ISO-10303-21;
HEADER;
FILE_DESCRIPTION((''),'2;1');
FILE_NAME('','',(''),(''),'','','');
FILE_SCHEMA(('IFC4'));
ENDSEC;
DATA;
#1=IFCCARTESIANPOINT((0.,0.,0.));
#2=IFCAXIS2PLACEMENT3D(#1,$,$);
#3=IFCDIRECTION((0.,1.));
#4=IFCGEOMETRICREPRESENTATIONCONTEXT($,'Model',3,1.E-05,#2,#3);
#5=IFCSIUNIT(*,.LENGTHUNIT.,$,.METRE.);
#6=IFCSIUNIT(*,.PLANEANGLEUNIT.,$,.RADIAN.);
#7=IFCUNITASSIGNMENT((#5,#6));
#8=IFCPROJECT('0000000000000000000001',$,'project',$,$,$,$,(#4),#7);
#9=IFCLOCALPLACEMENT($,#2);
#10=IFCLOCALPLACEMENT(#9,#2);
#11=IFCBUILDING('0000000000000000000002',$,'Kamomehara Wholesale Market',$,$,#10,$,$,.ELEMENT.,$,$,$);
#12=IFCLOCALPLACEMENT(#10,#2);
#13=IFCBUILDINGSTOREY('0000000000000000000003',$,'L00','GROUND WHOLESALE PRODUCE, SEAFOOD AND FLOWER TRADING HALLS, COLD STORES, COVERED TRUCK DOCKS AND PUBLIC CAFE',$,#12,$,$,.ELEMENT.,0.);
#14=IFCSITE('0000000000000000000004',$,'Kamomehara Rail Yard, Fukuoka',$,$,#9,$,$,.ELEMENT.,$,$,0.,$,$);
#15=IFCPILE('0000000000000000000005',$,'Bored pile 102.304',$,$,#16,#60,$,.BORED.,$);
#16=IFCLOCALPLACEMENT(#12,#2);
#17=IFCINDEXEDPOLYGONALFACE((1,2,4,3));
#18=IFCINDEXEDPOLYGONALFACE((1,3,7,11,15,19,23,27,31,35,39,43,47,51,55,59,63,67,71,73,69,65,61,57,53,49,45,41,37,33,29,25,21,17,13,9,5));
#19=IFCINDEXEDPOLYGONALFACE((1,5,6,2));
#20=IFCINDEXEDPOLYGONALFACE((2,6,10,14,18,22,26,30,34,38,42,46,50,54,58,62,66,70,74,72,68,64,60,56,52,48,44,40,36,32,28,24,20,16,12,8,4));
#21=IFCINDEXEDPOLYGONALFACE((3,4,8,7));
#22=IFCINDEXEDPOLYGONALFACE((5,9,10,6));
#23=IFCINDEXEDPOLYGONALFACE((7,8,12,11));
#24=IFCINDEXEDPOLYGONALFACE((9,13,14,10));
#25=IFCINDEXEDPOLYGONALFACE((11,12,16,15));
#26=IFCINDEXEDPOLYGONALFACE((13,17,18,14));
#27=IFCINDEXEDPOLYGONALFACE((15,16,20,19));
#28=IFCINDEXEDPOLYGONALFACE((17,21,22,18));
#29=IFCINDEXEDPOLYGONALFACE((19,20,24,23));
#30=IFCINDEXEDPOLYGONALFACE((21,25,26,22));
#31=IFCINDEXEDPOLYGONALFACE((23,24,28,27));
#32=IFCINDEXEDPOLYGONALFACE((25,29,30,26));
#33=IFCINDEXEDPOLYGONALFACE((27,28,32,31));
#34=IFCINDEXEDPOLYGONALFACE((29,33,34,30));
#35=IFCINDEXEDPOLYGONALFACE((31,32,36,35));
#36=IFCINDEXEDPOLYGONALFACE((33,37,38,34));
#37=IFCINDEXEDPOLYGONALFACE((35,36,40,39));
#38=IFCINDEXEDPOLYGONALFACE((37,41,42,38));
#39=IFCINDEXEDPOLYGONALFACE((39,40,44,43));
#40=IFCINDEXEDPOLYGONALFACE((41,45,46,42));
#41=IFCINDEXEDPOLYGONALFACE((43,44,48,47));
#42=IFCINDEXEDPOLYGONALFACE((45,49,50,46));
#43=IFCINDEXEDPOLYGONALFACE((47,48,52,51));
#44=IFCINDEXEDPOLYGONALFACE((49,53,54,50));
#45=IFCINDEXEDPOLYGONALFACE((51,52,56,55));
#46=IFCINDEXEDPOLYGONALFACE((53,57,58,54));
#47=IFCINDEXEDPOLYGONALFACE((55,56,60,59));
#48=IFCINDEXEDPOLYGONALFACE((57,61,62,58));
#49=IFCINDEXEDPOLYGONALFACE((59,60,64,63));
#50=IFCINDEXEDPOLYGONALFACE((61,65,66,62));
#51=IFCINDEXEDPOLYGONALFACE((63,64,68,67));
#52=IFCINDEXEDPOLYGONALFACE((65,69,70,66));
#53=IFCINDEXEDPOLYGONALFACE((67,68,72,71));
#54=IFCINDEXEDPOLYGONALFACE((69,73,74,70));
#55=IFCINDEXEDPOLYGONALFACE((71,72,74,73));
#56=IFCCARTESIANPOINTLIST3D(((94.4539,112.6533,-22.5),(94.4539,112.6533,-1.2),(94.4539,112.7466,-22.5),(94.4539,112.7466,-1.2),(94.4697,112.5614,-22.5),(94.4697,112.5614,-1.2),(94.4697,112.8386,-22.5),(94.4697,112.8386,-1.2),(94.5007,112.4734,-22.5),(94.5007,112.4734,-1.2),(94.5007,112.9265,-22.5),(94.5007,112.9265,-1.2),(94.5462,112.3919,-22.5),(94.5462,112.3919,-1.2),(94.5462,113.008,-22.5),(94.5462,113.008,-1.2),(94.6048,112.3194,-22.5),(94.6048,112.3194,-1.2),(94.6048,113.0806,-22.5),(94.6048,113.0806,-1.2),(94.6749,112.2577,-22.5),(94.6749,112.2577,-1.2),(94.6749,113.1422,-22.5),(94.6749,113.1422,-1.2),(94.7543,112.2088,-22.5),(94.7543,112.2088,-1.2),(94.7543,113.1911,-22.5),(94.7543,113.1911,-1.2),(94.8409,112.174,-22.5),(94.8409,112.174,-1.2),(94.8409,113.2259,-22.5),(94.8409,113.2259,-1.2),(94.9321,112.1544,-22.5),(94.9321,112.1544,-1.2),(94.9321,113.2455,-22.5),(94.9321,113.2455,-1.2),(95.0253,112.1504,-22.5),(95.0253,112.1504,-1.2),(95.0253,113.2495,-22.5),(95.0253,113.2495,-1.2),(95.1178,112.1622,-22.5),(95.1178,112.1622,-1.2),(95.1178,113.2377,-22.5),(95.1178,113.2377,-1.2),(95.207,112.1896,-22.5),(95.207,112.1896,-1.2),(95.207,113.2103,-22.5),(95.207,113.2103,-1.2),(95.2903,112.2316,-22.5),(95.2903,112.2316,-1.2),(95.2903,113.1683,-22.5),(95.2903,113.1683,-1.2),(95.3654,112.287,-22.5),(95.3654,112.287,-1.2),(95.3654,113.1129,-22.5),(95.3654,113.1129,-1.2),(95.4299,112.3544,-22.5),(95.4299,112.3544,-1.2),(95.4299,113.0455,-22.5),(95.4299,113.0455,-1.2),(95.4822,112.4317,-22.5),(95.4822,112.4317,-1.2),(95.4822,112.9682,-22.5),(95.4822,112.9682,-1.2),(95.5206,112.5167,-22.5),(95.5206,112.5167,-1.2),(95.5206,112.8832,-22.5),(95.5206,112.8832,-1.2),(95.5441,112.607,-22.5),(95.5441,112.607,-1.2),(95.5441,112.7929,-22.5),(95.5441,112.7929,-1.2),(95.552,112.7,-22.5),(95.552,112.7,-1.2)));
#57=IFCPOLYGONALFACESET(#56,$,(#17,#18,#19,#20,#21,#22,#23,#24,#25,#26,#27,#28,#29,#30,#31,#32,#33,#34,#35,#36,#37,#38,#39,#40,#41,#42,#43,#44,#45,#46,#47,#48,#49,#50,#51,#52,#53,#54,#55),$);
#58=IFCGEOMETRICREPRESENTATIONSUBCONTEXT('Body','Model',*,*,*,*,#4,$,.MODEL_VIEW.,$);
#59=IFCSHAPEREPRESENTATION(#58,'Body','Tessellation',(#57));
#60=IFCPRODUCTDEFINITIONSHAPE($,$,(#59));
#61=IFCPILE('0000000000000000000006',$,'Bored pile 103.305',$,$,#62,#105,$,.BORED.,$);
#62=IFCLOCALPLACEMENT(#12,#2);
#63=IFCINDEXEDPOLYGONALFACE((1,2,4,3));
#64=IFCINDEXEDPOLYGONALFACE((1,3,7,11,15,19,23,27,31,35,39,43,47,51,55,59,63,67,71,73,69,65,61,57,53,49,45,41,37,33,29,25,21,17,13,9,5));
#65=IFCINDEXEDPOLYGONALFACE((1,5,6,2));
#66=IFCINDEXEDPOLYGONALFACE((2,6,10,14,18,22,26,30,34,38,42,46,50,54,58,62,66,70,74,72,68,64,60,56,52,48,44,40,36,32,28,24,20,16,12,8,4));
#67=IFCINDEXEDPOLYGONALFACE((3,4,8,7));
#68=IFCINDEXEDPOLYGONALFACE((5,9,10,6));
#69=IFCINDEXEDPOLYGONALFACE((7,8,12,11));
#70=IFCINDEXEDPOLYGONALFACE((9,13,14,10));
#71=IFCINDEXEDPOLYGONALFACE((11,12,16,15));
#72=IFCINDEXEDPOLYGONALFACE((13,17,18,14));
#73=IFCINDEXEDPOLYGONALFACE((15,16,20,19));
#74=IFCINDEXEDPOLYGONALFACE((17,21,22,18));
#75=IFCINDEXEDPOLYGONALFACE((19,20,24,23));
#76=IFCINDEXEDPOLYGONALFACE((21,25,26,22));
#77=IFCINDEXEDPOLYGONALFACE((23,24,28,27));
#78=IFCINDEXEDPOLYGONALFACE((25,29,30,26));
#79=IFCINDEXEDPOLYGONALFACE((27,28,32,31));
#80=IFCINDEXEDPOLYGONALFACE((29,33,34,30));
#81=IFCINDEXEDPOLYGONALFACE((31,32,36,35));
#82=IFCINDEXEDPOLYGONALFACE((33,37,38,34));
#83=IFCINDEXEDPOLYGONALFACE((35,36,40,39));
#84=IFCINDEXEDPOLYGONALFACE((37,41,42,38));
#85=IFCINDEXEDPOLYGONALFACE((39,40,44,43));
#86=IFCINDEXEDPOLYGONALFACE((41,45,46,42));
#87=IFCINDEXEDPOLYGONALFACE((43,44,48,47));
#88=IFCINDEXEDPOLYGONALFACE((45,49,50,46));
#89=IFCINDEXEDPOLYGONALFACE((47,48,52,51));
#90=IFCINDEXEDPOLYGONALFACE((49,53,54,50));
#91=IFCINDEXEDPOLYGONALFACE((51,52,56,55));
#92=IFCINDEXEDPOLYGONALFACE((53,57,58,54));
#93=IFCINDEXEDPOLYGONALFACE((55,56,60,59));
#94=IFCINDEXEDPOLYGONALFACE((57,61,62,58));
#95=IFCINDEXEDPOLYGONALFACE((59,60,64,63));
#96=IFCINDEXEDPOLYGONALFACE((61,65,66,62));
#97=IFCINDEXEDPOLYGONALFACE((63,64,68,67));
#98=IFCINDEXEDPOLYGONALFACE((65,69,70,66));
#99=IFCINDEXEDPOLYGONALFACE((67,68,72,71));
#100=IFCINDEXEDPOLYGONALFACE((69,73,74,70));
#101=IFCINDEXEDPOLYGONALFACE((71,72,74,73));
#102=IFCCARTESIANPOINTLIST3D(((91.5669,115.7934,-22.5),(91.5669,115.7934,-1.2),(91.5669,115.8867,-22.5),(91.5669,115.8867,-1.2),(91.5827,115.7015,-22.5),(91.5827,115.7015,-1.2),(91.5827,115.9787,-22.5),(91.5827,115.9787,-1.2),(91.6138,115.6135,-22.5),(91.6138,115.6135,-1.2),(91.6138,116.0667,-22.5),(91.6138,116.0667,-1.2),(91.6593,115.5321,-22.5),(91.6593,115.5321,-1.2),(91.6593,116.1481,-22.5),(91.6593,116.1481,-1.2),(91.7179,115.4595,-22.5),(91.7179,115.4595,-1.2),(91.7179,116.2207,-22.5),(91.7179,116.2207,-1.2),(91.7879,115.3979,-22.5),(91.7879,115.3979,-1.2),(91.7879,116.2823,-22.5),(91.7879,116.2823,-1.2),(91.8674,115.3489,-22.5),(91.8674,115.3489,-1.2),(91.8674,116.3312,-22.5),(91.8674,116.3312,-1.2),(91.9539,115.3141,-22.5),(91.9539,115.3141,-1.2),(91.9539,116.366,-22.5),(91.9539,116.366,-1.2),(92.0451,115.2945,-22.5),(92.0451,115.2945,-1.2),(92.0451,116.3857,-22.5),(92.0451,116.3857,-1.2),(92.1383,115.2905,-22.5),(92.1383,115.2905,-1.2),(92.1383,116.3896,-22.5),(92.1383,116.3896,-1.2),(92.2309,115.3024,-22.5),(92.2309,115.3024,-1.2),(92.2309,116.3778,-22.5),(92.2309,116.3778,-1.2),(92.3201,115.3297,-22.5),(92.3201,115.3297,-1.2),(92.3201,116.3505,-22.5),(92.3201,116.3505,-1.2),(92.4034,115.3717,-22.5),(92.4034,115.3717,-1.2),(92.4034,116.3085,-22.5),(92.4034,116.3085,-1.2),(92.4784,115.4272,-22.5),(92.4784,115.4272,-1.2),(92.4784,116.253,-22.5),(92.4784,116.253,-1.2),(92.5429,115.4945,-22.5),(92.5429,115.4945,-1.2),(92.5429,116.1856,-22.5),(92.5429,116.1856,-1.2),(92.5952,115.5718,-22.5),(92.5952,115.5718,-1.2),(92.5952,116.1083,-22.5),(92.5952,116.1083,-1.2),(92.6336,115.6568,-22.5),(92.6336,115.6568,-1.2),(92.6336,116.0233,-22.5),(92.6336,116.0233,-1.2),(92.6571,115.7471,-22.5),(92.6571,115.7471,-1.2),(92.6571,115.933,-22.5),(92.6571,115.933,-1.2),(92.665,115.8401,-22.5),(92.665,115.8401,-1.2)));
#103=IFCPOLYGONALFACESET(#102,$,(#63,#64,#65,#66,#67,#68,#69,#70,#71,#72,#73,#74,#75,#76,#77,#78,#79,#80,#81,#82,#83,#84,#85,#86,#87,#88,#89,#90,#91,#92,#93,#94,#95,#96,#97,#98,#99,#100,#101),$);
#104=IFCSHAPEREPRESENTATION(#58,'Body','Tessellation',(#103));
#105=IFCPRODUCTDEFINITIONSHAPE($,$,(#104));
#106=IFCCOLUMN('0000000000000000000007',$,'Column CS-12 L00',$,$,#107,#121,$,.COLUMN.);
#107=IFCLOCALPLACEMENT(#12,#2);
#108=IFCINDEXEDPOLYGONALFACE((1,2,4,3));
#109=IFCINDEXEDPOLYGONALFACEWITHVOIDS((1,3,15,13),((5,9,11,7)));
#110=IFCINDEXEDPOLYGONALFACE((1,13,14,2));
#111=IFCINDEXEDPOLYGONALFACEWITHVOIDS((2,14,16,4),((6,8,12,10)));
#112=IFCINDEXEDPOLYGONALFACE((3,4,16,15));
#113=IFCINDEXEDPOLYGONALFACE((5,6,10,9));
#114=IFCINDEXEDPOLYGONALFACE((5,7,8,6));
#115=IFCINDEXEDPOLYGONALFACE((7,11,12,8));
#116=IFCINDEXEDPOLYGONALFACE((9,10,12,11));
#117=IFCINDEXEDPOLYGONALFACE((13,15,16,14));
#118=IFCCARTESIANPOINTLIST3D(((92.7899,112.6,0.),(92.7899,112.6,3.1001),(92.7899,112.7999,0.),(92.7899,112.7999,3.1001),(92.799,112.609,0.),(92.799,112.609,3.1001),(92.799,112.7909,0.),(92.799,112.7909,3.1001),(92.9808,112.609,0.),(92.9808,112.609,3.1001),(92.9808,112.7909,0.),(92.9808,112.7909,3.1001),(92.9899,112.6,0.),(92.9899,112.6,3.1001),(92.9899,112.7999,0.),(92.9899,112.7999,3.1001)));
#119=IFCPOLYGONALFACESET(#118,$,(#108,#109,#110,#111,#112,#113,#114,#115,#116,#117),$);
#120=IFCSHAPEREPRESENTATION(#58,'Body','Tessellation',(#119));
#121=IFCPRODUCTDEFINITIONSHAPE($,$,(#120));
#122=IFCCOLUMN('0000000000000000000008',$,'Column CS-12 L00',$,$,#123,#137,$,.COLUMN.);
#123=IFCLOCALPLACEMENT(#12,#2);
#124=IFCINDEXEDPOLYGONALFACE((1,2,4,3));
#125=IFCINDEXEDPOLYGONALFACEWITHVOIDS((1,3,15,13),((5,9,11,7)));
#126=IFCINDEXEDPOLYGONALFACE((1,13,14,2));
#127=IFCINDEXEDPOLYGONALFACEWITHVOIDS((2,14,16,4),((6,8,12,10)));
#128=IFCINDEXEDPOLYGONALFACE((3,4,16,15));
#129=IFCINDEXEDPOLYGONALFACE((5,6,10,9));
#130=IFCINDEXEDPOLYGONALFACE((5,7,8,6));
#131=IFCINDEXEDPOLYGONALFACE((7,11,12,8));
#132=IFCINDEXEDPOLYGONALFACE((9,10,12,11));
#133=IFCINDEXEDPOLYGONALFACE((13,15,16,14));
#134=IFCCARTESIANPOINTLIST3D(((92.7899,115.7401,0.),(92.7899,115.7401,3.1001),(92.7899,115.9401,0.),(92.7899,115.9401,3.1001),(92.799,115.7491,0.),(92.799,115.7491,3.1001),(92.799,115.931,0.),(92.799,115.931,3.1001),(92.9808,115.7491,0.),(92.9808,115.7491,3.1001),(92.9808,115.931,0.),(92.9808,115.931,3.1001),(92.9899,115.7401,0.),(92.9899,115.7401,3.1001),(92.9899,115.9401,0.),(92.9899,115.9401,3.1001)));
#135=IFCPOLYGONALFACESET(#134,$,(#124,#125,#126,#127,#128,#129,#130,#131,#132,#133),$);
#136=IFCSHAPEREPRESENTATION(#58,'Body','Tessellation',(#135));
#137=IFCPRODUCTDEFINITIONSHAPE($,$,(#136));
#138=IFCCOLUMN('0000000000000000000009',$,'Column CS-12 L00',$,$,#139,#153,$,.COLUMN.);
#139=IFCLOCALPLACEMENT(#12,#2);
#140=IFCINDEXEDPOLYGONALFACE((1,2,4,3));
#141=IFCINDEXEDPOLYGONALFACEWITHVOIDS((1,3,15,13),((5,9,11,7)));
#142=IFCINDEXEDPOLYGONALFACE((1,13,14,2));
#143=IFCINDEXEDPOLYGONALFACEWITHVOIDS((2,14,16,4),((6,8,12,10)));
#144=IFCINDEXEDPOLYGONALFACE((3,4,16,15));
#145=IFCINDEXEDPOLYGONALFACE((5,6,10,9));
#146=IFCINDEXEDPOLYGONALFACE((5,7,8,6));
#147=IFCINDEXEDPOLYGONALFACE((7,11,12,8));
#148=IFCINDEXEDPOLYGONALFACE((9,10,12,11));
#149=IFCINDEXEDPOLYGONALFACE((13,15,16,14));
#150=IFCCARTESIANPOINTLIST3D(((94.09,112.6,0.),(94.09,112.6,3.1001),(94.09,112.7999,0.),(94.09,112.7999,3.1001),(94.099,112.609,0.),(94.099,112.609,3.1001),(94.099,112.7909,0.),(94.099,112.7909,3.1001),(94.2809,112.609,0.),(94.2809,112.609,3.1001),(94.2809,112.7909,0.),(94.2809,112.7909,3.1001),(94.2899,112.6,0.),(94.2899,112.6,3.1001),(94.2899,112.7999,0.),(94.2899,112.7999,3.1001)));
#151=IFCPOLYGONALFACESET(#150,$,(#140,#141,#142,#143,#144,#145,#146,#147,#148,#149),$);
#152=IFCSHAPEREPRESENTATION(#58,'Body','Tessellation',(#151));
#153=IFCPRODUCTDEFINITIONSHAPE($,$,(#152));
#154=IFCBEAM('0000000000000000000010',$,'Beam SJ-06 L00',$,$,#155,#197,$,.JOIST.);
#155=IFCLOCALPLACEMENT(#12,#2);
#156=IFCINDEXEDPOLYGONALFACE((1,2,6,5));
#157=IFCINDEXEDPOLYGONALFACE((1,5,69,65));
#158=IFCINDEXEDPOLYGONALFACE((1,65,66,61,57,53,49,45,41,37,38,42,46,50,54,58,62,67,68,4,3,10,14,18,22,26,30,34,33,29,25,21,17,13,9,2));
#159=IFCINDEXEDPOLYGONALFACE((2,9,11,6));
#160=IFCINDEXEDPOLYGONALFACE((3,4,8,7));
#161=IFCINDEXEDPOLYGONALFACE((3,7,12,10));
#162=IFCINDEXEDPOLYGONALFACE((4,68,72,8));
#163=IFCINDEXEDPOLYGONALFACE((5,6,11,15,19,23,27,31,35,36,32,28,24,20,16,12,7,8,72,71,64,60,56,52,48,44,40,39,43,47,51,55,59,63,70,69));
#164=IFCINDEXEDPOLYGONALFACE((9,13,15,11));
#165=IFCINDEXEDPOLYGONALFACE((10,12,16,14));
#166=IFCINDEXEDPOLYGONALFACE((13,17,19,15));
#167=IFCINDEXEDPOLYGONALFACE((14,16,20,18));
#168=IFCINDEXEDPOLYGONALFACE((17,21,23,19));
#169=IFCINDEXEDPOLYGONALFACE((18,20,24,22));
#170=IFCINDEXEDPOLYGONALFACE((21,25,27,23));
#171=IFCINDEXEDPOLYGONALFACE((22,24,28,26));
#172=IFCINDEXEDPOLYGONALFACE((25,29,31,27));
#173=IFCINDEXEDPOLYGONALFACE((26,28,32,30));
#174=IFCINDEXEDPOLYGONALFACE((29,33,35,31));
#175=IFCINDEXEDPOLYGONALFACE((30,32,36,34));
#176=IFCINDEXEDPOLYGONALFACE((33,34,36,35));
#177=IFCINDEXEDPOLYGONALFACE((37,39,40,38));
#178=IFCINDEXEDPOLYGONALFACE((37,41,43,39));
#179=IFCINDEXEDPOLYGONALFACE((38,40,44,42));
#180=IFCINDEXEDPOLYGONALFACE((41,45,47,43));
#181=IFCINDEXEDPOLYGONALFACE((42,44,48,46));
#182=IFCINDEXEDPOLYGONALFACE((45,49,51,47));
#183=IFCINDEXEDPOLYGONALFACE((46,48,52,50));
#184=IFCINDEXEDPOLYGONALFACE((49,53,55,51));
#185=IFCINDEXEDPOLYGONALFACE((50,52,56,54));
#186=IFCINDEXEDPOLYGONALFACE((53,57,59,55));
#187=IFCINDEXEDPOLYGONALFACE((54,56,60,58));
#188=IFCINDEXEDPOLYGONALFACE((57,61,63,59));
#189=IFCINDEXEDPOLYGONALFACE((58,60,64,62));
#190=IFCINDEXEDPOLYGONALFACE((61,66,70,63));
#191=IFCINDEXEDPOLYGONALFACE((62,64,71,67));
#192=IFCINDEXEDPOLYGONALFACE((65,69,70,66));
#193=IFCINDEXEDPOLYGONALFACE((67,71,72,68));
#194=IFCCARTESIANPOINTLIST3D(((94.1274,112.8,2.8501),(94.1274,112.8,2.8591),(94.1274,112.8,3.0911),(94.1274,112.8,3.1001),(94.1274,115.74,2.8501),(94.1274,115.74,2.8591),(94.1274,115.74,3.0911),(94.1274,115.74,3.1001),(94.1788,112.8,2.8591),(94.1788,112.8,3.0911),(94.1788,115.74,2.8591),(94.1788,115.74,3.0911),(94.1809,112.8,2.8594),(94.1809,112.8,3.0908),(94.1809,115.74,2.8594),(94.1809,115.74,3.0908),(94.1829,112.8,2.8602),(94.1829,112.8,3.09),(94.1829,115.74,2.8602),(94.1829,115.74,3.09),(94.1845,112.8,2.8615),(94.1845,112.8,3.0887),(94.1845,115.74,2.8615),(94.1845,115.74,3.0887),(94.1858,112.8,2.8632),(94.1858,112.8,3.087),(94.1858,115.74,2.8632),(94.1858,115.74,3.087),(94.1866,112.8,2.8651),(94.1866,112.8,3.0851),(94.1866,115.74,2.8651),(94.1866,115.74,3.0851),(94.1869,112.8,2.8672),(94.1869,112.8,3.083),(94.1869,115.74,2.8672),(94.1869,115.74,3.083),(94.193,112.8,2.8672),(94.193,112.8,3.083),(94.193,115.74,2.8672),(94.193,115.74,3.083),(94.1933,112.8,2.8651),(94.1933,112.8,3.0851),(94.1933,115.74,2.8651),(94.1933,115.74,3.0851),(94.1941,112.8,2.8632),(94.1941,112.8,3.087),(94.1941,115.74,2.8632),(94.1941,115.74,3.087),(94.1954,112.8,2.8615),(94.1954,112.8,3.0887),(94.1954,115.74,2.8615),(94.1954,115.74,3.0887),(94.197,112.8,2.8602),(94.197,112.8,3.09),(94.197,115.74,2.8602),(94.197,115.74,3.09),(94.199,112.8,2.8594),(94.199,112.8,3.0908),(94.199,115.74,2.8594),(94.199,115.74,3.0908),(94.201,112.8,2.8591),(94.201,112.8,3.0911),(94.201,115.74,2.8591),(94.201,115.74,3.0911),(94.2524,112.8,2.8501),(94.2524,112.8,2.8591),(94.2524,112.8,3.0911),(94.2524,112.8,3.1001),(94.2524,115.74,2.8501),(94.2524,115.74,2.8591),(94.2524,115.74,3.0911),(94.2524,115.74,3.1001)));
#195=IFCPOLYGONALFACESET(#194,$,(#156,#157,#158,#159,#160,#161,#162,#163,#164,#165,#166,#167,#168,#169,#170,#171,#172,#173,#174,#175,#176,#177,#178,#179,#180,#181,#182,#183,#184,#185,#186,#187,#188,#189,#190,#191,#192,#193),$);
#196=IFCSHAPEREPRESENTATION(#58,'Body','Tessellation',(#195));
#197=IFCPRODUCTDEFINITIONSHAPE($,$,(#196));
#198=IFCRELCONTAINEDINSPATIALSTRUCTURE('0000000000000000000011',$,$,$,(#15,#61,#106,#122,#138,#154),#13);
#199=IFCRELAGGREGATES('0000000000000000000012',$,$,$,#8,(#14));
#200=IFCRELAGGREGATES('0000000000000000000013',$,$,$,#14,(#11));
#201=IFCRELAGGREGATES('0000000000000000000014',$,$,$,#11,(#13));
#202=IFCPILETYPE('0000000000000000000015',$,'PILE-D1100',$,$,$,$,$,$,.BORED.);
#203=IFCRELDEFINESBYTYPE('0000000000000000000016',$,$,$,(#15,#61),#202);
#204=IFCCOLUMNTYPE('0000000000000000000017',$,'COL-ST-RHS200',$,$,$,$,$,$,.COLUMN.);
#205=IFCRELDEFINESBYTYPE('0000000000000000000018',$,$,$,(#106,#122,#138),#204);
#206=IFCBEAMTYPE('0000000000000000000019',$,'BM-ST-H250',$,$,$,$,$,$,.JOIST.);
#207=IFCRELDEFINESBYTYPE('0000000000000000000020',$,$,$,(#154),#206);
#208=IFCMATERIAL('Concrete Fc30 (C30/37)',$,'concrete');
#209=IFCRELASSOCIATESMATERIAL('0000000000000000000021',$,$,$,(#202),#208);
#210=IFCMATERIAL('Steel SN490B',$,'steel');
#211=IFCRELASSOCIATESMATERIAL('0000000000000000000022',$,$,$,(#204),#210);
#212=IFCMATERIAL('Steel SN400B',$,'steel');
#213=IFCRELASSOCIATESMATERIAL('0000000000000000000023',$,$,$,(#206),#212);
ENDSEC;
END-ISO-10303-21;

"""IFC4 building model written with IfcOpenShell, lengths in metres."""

from ifc_helpers import new_model, si_unit, direction, frame, origin, origin_2d, place, context, subcontext, project, spatial, hollow_rectangle, circle, i_section, extrude, material, material_profile, profile_set, type_object, element, save


model = new_model("IFC4")

# Units and contexts
model_context = context("Model", 3, precision=1e-05, world=origin(), true_north=direction((0.0, 1.0)))
body_context = subcontext(model_context, "Body", "Model", "MODEL_VIEW")
ifc_project = project(units=[si_unit("LENGTHUNIT", "METRE"), si_unit("PLANEANGLEUNIT", "RADIAN")], contexts=[model_context])

# Site, building, storey
site_placement = place(None, origin())
site = spatial("IfcSite", under=ifc_project, at=site_placement, Name="Kamomehara Rail Yard, Fukuoka", CompositionType="ELEMENT", RefElevation=0.0)
building_placement = place(site_placement, origin())
building = spatial("IfcBuilding", under=site, at=building_placement, Name="Kamomehara Wholesale Market", CompositionType="ELEMENT")
storey_placement = place(building_placement, origin())
storey = spatial("IfcBuildingStorey", under=building, at=storey_placement, Name="L00", Description="GROUND WHOLESALE PRODUCE, SEAFOOD AND FLOWER TRADING HALLS, COLD STORES, COVERED TRUCK DOCKS AND PUBLIC CAFE", CompositionType="ELEMENT", Elevation=0.0)

# Piles
ifc_material_1 = material(Name="Concrete Fc30 (C30/37)", Category="concrete")
ifc_material_profile_1 = material_profile(ifc_material_1, circle(Radius=0.55, at=origin_2d()), Name="RC-PILE-D1100")
ifc_profile_set_1 = profile_set([ifc_material_profile_1], Name="Concrete Fc30 (C30/37)")
pile_type_1 = type_object("IfcPileType", Name="PILE-D1100", PredefinedType="BORED", material=ifc_profile_set_1)
for number, where, z_axis, x_axis, name in (
    (1, (95.002, 112.7, -1.2), (0.0, 0.0, -1.0), (1.0, 0.0, 0.0), "Bored pile 102.304"),
    (2, (92.115, 115.8401, -1.2), (0.0, 0.0, -1.0), (1.0, 0.0, 0.0), "Bored pile 103.305"),
):
    element("IfcPile", number, at=place(storey_placement, frame(where, z_axis=z_axis, x_axis=x_axis)), inside=storey, type_object=pile_type_1, Name=name, PredefinedType="BORED", context=body_context, shape_type="SweptSolid", body=[
        extrude(circle(Radius=0.55, at=origin_2d()), origin(), (0.0, 0.0, 1.0), 21.3),
    ])

# Columns
ifc_material_2 = material(Name="Steel SN490B", Category="steel")
ifc_material_profile_2 = material_profile(ifc_material_2, hollow_rectangle(XDim=0.2, YDim=0.2, WallThickness=0.009, at=origin_2d()), Name="RHS-200x200x9")
ifc_profile_set_2 = profile_set([ifc_material_profile_2], Name="Steel SN490B")
column_type = type_object("IfcColumnType", Name="COL-ST-RHS200", PredefinedType="COLUMN", material=ifc_profile_set_2)
for number, where, z_axis, x_axis, name in (
    (3, (92.8899, 112.7, 0.0), (0.0, 0.0, 1.0), (1.0, 0.0, 0.0), "Column CS-12 L00"),
    (4, (92.8899, 115.8401, 0.0), (0.0, 0.0, 1.0), (1.0, 0.0, 0.0), "Column CS-12 L00"),
    (5, (94.1899, 112.7, 0.0), (0.0, 0.0, 1.0), (1.0, 0.0, 0.0), "Column CS-12 L00"),
):
    element("IfcColumn", number, at=place(storey_placement, frame(where, z_axis=z_axis, x_axis=x_axis)), inside=storey, type_object=column_type, Name=name, PredefinedType="COLUMN", context=body_context, shape_type="SweptSolid", body=[
        extrude(hollow_rectangle(XDim=0.2, YDim=0.2, WallThickness=0.009, at=origin_2d()), origin(), (0.0, 0.0, 1.0), 3.1001),
    ])

# Beam
ifc_material_3 = material(Name="Steel SN400B", Category="steel")
ifc_material_profile_3 = material_profile(ifc_material_3, i_section(OverallWidth=0.125, OverallDepth=0.25, WebThickness=0.0061, FlangeThickness=0.009, FilletRadius=0.0081, at=origin_2d()), Name="H-250x125x6x9")
ifc_profile_set_3 = profile_set([ifc_material_profile_3], Name="Steel SN400B")
beam_type = type_object("IfcBeamType", Name="BM-ST-H250", PredefinedType="JOIST", material=ifc_profile_set_3)
beam_placement = place(storey_placement, frame((94.1899, 112.8, 2.9751), z_axis=(0.0, 1.0, 0.0), x_axis=(-1.0, 0.0, 0.0)))
element("IfcBeam", 6, at=beam_placement, inside=storey, type_object=beam_type, Name="Beam SJ-06 L00", PredefinedType="JOIST", context=body_context, shape_type="SweptSolid", body=[
    extrude(i_section(OverallWidth=0.125, OverallDepth=0.25, WebThickness=0.0061, FlangeThickness=0.009, FilletRadius=0.0081, at=origin_2d()), origin(), (0.0, 0.0, 1.0), 2.9399),
])

save(model, "model.ifc")
